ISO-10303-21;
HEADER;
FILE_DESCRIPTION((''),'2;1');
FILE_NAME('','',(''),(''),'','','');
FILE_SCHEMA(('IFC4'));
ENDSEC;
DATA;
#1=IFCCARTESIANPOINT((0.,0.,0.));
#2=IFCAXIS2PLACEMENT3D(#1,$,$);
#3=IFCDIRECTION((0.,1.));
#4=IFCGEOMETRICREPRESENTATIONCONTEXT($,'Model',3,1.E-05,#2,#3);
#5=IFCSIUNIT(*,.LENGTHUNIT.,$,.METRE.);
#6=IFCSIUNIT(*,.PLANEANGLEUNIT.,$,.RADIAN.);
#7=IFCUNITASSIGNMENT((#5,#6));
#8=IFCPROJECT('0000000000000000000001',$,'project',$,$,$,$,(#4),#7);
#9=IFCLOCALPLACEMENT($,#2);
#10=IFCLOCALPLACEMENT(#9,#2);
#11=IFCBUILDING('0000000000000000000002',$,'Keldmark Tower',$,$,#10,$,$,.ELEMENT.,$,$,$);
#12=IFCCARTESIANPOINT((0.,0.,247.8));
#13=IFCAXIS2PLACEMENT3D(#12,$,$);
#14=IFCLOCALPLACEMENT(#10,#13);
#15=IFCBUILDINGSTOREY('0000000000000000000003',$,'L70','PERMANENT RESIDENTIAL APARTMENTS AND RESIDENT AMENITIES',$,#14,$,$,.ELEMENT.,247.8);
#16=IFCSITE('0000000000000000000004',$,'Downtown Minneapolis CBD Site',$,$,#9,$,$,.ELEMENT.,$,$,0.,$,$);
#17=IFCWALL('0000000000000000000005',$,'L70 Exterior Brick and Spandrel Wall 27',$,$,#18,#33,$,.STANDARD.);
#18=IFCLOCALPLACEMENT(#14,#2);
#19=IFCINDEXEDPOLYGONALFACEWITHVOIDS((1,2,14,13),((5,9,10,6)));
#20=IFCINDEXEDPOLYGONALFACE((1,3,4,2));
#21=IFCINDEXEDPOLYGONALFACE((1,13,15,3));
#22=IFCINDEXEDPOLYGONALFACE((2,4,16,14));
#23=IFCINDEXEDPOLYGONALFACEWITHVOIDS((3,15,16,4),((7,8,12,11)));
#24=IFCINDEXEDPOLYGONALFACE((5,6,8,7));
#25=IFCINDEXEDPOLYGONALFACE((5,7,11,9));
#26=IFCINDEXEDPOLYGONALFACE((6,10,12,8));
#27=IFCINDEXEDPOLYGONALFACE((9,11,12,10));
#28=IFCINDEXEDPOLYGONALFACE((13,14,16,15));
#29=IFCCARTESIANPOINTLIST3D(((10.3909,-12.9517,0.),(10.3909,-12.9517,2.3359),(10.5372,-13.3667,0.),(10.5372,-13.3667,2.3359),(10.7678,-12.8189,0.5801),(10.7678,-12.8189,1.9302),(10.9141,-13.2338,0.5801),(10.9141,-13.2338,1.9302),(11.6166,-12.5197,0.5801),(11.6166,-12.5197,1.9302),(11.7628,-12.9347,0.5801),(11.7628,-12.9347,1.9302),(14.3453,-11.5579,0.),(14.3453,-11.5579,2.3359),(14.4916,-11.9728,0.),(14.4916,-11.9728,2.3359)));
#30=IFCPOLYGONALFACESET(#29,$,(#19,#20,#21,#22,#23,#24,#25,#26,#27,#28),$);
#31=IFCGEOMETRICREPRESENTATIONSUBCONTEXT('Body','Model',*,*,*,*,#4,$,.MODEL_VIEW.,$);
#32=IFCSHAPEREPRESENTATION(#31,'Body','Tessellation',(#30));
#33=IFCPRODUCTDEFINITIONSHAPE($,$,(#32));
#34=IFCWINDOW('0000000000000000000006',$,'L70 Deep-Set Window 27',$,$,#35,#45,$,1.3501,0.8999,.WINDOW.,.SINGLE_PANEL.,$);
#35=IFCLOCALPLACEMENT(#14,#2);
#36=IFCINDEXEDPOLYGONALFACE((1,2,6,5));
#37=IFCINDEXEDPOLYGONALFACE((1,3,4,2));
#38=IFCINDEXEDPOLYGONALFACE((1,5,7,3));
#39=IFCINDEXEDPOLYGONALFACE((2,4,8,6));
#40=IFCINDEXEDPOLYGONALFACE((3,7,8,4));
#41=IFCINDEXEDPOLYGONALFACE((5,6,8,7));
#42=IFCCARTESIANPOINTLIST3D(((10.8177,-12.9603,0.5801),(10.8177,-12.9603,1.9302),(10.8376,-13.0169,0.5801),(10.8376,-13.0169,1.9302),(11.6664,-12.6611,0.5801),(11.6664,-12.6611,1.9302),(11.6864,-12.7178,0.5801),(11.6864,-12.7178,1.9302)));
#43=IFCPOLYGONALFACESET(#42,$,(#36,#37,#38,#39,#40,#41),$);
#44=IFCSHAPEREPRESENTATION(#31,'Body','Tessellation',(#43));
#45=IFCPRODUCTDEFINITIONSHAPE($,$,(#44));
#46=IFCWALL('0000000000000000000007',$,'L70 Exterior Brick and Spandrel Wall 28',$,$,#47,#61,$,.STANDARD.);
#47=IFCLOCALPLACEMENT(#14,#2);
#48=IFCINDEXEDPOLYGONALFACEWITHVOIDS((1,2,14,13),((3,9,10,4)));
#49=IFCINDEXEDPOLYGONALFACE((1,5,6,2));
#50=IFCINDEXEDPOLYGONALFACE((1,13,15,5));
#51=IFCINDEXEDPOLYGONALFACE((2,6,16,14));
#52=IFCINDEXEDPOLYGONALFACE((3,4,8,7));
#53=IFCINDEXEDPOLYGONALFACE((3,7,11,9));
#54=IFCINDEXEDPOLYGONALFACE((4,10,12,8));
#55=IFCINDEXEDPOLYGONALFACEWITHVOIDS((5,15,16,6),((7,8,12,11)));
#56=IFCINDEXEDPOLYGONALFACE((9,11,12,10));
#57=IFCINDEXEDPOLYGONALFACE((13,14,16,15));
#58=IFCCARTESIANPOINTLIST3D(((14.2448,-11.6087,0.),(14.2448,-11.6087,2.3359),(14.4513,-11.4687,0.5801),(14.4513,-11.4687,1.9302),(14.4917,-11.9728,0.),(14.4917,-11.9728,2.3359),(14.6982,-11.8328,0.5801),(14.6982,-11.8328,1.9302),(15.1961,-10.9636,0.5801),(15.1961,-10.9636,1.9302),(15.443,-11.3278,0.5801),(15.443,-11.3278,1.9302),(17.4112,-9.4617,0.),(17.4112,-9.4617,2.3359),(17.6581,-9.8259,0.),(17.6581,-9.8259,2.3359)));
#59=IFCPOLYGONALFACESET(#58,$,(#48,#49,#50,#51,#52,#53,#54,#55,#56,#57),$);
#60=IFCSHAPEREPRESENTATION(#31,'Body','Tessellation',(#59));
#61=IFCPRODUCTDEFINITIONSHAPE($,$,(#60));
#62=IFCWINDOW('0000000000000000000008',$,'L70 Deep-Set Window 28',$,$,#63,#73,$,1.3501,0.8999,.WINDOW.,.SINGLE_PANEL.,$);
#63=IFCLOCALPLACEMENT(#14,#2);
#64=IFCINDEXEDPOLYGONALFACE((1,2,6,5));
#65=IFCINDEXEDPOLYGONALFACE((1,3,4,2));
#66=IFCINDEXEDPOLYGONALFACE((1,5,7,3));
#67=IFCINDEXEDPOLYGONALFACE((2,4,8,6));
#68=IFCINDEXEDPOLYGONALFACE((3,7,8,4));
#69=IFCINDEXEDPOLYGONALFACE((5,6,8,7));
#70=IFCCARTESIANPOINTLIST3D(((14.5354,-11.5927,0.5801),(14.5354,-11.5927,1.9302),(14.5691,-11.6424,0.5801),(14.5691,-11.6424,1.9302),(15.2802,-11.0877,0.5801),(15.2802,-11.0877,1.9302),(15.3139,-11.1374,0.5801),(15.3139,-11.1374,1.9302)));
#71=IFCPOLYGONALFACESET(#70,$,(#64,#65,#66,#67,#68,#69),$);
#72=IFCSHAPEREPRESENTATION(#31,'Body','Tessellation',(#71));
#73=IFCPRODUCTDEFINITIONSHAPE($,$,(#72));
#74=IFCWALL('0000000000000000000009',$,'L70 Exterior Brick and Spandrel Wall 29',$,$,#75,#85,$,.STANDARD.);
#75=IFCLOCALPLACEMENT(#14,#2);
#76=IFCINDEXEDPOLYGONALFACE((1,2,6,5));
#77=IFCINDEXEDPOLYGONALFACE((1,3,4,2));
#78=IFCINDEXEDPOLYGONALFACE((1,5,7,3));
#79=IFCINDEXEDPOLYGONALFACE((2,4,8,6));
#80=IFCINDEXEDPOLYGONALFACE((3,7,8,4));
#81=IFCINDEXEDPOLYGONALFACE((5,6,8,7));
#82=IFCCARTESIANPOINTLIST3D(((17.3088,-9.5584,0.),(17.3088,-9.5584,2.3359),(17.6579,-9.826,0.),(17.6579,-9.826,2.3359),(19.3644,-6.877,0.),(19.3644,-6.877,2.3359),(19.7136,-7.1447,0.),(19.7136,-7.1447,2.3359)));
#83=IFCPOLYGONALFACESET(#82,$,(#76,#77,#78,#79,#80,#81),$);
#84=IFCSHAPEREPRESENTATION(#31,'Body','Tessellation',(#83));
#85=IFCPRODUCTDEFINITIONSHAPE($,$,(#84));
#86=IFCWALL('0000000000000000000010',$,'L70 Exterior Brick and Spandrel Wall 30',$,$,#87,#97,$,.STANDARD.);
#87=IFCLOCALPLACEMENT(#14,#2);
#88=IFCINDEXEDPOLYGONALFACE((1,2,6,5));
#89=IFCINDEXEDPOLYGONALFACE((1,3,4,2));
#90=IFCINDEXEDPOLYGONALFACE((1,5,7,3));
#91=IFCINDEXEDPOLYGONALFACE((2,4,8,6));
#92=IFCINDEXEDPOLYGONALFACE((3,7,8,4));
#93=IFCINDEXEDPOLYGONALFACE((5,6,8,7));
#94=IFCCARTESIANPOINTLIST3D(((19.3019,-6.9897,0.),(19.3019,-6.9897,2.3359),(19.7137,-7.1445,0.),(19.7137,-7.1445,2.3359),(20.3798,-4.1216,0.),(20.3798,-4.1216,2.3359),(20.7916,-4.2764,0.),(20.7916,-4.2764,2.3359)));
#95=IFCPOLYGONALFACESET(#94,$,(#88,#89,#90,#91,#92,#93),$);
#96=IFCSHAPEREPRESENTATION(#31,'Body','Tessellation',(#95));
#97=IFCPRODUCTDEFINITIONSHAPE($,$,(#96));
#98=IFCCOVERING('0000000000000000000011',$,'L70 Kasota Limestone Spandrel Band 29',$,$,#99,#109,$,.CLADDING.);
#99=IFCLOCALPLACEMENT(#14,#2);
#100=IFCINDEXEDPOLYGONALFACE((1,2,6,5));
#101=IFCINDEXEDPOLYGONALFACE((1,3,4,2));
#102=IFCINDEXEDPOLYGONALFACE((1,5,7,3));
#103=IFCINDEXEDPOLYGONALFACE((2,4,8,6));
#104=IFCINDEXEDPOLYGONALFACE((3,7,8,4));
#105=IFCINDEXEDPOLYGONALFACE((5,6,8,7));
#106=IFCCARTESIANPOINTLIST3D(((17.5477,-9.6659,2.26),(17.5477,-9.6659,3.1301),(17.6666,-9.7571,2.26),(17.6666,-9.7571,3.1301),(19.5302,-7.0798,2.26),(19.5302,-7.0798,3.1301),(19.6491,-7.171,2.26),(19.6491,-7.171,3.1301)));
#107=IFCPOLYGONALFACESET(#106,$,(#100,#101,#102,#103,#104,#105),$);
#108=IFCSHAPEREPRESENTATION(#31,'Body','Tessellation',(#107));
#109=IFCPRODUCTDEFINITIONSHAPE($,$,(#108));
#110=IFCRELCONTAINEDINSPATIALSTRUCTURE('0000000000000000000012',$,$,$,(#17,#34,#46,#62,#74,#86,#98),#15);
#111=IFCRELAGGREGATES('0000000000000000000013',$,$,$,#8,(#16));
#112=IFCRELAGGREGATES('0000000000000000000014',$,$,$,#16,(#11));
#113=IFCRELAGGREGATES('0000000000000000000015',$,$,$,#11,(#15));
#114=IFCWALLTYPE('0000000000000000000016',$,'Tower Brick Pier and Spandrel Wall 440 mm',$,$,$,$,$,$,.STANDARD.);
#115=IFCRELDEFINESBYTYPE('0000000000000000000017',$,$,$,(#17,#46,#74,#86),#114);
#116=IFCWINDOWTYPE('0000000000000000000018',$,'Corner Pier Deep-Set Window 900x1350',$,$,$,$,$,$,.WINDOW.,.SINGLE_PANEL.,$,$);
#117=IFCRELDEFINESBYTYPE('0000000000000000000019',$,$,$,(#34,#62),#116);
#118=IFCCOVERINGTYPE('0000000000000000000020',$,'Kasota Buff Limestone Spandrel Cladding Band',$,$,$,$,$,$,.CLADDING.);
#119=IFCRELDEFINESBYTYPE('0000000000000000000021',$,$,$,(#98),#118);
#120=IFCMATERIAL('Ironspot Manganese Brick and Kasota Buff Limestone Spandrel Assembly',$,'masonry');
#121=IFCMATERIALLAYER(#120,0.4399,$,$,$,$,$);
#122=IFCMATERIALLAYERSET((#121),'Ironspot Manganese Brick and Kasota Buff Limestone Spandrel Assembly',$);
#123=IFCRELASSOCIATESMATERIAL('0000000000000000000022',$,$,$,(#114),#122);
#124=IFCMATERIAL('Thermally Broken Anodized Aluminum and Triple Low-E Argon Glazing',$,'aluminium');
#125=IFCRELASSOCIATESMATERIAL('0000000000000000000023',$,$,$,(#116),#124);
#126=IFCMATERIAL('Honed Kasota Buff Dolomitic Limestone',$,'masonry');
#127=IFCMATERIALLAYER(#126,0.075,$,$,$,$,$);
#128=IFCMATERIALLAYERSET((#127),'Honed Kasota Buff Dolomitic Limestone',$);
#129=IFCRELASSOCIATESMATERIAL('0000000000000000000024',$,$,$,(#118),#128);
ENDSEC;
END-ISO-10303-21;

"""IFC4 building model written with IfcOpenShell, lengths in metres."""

from ifc_helpers import new_model, si_unit, direction, frame, frame_2d, origin, origin_2d, place, context, subcontext, project, spatial, rectangle, extrude, material, layer, layer_set, type_object, element, fill, save


model = new_model("IFC4")

# Units and contexts
model_context = context("Model", 3, precision=1e-05, world=origin(), true_north=direction((0.0, 1.0)))
body_context = subcontext(model_context, "Body", "Model", "MODEL_VIEW")
ifc_project = project(units=[si_unit("LENGTHUNIT", "METRE"), si_unit("PLANEANGLEUNIT", "RADIAN")], contexts=[model_context])

# Site, building, storey
site_placement = place(None, origin())
site = spatial("IfcSite", under=ifc_project, at=site_placement, Name="Downtown Minneapolis CBD Site", CompositionType="ELEMENT", RefElevation=0.0)
building_placement = place(site_placement, origin())
building = spatial("IfcBuilding", under=site, at=building_placement, Name="Keldmark Tower", CompositionType="ELEMENT")
storey_placement = place(building_placement, frame((0.0, 0.0, 247.8)))
storey = spatial("IfcBuildingStorey", under=building, at=storey_placement, Name="L70", Description="PERMANENT RESIDENTIAL APARTMENTS AND RESIDENT AMENITIES", CompositionType="ELEMENT", Elevation=247.8)

# Walls, openings, windows
ifc_material_1 = material(Name="Ironspot Manganese Brick and Kasota Buff Limestone Spandrel Assembly", Category="masonry")
ifc_layer_1 = layer(ifc_material_1, 0.4399)
ifc_layer_set_1 = layer_set([ifc_layer_1], Name="Ironspot Manganese Brick and Kasota Buff Limestone Spandrel Assembly")
wall_type_1 = type_object("IfcWallType", Name="Tower Brick Pier and Spandrel Wall 440 mm", PredefinedType="STANDARD", material=ifc_layer_set_1)
wall_1_placement = place(storey_placement, frame((14.4185, -11.7654, 0.0), z_axis=(0.0, 0.0, 1.0), x_axis=(-0.943129, -0.332427, 0.0)))
wall_1 = element("IfcWall", 1, at=wall_1_placement, inside=storey, type_object=wall_type_1, Name="L70 Exterior Brick and Spandrel Wall 27", PredefinedType="STANDARD", context=body_context, shape_type="SweptSolid", body=[
    extrude(rectangle(XDim=4.1929, YDim=0.4399, at=frame_2d((2.0964, 0.0))), origin(), (0.0, 0.0, 1.0), 2.3359),
])
opening_1_placement = place(wall_1_placement, frame((2.8933, 0.0, 0.5801)))
opening_1 = element("IfcOpeningElement", 2, at=opening_1_placement, cuts=wall_1, PredefinedType="OPENING", context=body_context, shape_type="SweptSolid", body=[
    extrude(rectangle(XDim=0.8999, YDim=1.3501, at=frame_2d((0.45, 0.675))), frame((0.0, 0.23, 0.0), z_axis=(0.0, -1.0, 0.0), x_axis=(1.0, 0.0, 0.0)), (0.0, 0.0, 1.0), 0.46),
])
ifc_material_2 = material(Name="Thermally Broken Anodized Aluminum and Triple Low-E Argon Glazing", Category="aluminium")
window_type = type_object("IfcWindowType", Name="Corner Pier Deep-Set Window 900x1350", PartitioningType="SINGLE_PANEL", PredefinedType="WINDOW", material=ifc_material_2)
window_1_placement = place(opening_1_placement, origin())
window_1 = element("IfcWindow", 3, at=window_1_placement, inside=storey, type_object=window_type, Name="L70 Deep-Set Window 27", OverallHeight=1.3501, OverallWidth=0.8999, PartitioningType="SINGLE_PANEL", PredefinedType="WINDOW", context=body_context, shape_type="SweptSolid", body=[
    extrude(rectangle(XDim=0.8999, YDim=1.3501, at=frame_2d((0.45, 0.675))), frame((0.0, -0.01, 0.0), z_axis=(0.0, -1.0, 0.0), x_axis=(1.0, 0.0, 0.0)), (0.0, 0.0, 1.0), 0.0601),
])
fill(opening_1, window_1)
wall_2_placement = place(storey_placement, frame((17.5347, -9.6438, 0.0), z_axis=(0.0, 0.0, 1.0), x_axis=(-0.827685, -0.561192, 0.0)))
wall_2 = element("IfcWall", 4, at=wall_2_placement, inside=storey, type_object=wall_type_1, Name="L70 Exterior Brick and Spandrel Wall 28", PredefinedType="STANDARD", context=body_context, shape_type="SweptSolid", body=[
    extrude(rectangle(XDim=3.8257, YDim=0.4399, at=frame_2d((1.9128, 0.0))), origin(), (0.0, 0.0, 1.0), 2.3359),
])
opening_2_placement = place(wall_2_placement, frame((2.6763, 0.0, 0.5801)))
opening_2 = element("IfcOpeningElement", 5, at=opening_2_placement, cuts=wall_2, PredefinedType="OPENING", context=body_context, shape_type="SweptSolid", body=[
    extrude(rectangle(XDim=0.8999, YDim=1.3501, at=frame_2d((0.45, 0.675))), frame((0.0, 0.23, 0.0), z_axis=(0.0, -1.0, 0.0), x_axis=(1.0, 0.0, 0.0)), (0.0, 0.0, 1.0), 0.46),
])
window_2_placement = place(opening_2_placement, origin())
window_2 = element("IfcWindow", 6, at=window_2_placement, inside=storey, type_object=window_type, Name="L70 Deep-Set Window 28", OverallHeight=1.3501, OverallWidth=0.8999, PartitioningType="SINGLE_PANEL", PredefinedType="WINDOW", context=body_context, shape_type="SweptSolid", body=[
    extrude(rectangle(XDim=0.8999, YDim=1.3501, at=frame_2d((0.45, 0.675))), frame((0.0, -0.01, 0.0), z_axis=(0.0, -1.0, 0.0), x_axis=(1.0, 0.0, 0.0)), (0.0, 0.0, 1.0), 0.0601),
])
fill(opening_2, window_2)

# Walls
wall_3_placement = place(storey_placement, frame((19.5391, -7.0107, 0.0), z_axis=(0.0, 0.0, 1.0), x_axis=(-0.608418, -0.793617, 0.0)))
element("IfcWall", 7, at=wall_3_placement, inside=storey, type_object=wall_type_1, Name="L70 Exterior Brick and Spandrel Wall 29", PredefinedType="STANDARD", context=body_context, shape_type="SweptSolid", body=[
    extrude(rectangle(XDim=3.3787, YDim=0.4399, at=frame_2d((1.6895, 0.0))), origin(), (0.0, 0.0, 1.0), 2.3359),
])
wall_4_placement = place(storey_placement, frame((20.5857, -4.199, 0.0), z_axis=(0.0, 0.0, 1.0), x_axis=(-0.351787, -0.93608, 0.0)))
element("IfcWall", 8, at=wall_4_placement, inside=storey, type_object=wall_type_1, Name="L70 Exterior Brick and Spandrel Wall 30", PredefinedType="STANDARD", context=body_context, shape_type="SweptSolid", body=[
    extrude(rectangle(XDim=3.064, YDim=0.4399, at=frame_2d((1.532, 0.0))), origin(), (0.0, 0.0, 1.0), 2.3359),
])

# Covering
ifc_material_3 = material(Name="Honed Kasota Buff Dolomitic Limestone", Category="masonry")
ifc_layer_2 = layer(ifc_material_3, 0.075)
ifc_layer_set_2 = layer_set([ifc_layer_2], Name="Honed Kasota Buff Dolomitic Limestone")
covering_type = type_object("IfcCoveringType", Name="Kasota Buff Limestone Spandrel Cladding Band", PredefinedType="CLADDING", material=ifc_layer_set_2)
covering_placement = place(storey_placement, frame((18.5984, -8.4185, 2.26), z_axis=(0.0, 0.0, 1.0), x_axis=(0.608401, 0.79363, 0.0)))
element("IfcCovering", 9, at=covering_placement, inside=storey, type_object=covering_type, Name="L70 Kasota Limestone Spandrel Band 29", PredefinedType="CLADDING", context=body_context, shape_type="SweptSolid", body=[
    extrude(rectangle(XDim=3.2585, YDim=0.1499, at=origin_2d()), origin(), (0.0, 0.0, 1.0), 0.8701),
])

save(model, "model.ifc")
